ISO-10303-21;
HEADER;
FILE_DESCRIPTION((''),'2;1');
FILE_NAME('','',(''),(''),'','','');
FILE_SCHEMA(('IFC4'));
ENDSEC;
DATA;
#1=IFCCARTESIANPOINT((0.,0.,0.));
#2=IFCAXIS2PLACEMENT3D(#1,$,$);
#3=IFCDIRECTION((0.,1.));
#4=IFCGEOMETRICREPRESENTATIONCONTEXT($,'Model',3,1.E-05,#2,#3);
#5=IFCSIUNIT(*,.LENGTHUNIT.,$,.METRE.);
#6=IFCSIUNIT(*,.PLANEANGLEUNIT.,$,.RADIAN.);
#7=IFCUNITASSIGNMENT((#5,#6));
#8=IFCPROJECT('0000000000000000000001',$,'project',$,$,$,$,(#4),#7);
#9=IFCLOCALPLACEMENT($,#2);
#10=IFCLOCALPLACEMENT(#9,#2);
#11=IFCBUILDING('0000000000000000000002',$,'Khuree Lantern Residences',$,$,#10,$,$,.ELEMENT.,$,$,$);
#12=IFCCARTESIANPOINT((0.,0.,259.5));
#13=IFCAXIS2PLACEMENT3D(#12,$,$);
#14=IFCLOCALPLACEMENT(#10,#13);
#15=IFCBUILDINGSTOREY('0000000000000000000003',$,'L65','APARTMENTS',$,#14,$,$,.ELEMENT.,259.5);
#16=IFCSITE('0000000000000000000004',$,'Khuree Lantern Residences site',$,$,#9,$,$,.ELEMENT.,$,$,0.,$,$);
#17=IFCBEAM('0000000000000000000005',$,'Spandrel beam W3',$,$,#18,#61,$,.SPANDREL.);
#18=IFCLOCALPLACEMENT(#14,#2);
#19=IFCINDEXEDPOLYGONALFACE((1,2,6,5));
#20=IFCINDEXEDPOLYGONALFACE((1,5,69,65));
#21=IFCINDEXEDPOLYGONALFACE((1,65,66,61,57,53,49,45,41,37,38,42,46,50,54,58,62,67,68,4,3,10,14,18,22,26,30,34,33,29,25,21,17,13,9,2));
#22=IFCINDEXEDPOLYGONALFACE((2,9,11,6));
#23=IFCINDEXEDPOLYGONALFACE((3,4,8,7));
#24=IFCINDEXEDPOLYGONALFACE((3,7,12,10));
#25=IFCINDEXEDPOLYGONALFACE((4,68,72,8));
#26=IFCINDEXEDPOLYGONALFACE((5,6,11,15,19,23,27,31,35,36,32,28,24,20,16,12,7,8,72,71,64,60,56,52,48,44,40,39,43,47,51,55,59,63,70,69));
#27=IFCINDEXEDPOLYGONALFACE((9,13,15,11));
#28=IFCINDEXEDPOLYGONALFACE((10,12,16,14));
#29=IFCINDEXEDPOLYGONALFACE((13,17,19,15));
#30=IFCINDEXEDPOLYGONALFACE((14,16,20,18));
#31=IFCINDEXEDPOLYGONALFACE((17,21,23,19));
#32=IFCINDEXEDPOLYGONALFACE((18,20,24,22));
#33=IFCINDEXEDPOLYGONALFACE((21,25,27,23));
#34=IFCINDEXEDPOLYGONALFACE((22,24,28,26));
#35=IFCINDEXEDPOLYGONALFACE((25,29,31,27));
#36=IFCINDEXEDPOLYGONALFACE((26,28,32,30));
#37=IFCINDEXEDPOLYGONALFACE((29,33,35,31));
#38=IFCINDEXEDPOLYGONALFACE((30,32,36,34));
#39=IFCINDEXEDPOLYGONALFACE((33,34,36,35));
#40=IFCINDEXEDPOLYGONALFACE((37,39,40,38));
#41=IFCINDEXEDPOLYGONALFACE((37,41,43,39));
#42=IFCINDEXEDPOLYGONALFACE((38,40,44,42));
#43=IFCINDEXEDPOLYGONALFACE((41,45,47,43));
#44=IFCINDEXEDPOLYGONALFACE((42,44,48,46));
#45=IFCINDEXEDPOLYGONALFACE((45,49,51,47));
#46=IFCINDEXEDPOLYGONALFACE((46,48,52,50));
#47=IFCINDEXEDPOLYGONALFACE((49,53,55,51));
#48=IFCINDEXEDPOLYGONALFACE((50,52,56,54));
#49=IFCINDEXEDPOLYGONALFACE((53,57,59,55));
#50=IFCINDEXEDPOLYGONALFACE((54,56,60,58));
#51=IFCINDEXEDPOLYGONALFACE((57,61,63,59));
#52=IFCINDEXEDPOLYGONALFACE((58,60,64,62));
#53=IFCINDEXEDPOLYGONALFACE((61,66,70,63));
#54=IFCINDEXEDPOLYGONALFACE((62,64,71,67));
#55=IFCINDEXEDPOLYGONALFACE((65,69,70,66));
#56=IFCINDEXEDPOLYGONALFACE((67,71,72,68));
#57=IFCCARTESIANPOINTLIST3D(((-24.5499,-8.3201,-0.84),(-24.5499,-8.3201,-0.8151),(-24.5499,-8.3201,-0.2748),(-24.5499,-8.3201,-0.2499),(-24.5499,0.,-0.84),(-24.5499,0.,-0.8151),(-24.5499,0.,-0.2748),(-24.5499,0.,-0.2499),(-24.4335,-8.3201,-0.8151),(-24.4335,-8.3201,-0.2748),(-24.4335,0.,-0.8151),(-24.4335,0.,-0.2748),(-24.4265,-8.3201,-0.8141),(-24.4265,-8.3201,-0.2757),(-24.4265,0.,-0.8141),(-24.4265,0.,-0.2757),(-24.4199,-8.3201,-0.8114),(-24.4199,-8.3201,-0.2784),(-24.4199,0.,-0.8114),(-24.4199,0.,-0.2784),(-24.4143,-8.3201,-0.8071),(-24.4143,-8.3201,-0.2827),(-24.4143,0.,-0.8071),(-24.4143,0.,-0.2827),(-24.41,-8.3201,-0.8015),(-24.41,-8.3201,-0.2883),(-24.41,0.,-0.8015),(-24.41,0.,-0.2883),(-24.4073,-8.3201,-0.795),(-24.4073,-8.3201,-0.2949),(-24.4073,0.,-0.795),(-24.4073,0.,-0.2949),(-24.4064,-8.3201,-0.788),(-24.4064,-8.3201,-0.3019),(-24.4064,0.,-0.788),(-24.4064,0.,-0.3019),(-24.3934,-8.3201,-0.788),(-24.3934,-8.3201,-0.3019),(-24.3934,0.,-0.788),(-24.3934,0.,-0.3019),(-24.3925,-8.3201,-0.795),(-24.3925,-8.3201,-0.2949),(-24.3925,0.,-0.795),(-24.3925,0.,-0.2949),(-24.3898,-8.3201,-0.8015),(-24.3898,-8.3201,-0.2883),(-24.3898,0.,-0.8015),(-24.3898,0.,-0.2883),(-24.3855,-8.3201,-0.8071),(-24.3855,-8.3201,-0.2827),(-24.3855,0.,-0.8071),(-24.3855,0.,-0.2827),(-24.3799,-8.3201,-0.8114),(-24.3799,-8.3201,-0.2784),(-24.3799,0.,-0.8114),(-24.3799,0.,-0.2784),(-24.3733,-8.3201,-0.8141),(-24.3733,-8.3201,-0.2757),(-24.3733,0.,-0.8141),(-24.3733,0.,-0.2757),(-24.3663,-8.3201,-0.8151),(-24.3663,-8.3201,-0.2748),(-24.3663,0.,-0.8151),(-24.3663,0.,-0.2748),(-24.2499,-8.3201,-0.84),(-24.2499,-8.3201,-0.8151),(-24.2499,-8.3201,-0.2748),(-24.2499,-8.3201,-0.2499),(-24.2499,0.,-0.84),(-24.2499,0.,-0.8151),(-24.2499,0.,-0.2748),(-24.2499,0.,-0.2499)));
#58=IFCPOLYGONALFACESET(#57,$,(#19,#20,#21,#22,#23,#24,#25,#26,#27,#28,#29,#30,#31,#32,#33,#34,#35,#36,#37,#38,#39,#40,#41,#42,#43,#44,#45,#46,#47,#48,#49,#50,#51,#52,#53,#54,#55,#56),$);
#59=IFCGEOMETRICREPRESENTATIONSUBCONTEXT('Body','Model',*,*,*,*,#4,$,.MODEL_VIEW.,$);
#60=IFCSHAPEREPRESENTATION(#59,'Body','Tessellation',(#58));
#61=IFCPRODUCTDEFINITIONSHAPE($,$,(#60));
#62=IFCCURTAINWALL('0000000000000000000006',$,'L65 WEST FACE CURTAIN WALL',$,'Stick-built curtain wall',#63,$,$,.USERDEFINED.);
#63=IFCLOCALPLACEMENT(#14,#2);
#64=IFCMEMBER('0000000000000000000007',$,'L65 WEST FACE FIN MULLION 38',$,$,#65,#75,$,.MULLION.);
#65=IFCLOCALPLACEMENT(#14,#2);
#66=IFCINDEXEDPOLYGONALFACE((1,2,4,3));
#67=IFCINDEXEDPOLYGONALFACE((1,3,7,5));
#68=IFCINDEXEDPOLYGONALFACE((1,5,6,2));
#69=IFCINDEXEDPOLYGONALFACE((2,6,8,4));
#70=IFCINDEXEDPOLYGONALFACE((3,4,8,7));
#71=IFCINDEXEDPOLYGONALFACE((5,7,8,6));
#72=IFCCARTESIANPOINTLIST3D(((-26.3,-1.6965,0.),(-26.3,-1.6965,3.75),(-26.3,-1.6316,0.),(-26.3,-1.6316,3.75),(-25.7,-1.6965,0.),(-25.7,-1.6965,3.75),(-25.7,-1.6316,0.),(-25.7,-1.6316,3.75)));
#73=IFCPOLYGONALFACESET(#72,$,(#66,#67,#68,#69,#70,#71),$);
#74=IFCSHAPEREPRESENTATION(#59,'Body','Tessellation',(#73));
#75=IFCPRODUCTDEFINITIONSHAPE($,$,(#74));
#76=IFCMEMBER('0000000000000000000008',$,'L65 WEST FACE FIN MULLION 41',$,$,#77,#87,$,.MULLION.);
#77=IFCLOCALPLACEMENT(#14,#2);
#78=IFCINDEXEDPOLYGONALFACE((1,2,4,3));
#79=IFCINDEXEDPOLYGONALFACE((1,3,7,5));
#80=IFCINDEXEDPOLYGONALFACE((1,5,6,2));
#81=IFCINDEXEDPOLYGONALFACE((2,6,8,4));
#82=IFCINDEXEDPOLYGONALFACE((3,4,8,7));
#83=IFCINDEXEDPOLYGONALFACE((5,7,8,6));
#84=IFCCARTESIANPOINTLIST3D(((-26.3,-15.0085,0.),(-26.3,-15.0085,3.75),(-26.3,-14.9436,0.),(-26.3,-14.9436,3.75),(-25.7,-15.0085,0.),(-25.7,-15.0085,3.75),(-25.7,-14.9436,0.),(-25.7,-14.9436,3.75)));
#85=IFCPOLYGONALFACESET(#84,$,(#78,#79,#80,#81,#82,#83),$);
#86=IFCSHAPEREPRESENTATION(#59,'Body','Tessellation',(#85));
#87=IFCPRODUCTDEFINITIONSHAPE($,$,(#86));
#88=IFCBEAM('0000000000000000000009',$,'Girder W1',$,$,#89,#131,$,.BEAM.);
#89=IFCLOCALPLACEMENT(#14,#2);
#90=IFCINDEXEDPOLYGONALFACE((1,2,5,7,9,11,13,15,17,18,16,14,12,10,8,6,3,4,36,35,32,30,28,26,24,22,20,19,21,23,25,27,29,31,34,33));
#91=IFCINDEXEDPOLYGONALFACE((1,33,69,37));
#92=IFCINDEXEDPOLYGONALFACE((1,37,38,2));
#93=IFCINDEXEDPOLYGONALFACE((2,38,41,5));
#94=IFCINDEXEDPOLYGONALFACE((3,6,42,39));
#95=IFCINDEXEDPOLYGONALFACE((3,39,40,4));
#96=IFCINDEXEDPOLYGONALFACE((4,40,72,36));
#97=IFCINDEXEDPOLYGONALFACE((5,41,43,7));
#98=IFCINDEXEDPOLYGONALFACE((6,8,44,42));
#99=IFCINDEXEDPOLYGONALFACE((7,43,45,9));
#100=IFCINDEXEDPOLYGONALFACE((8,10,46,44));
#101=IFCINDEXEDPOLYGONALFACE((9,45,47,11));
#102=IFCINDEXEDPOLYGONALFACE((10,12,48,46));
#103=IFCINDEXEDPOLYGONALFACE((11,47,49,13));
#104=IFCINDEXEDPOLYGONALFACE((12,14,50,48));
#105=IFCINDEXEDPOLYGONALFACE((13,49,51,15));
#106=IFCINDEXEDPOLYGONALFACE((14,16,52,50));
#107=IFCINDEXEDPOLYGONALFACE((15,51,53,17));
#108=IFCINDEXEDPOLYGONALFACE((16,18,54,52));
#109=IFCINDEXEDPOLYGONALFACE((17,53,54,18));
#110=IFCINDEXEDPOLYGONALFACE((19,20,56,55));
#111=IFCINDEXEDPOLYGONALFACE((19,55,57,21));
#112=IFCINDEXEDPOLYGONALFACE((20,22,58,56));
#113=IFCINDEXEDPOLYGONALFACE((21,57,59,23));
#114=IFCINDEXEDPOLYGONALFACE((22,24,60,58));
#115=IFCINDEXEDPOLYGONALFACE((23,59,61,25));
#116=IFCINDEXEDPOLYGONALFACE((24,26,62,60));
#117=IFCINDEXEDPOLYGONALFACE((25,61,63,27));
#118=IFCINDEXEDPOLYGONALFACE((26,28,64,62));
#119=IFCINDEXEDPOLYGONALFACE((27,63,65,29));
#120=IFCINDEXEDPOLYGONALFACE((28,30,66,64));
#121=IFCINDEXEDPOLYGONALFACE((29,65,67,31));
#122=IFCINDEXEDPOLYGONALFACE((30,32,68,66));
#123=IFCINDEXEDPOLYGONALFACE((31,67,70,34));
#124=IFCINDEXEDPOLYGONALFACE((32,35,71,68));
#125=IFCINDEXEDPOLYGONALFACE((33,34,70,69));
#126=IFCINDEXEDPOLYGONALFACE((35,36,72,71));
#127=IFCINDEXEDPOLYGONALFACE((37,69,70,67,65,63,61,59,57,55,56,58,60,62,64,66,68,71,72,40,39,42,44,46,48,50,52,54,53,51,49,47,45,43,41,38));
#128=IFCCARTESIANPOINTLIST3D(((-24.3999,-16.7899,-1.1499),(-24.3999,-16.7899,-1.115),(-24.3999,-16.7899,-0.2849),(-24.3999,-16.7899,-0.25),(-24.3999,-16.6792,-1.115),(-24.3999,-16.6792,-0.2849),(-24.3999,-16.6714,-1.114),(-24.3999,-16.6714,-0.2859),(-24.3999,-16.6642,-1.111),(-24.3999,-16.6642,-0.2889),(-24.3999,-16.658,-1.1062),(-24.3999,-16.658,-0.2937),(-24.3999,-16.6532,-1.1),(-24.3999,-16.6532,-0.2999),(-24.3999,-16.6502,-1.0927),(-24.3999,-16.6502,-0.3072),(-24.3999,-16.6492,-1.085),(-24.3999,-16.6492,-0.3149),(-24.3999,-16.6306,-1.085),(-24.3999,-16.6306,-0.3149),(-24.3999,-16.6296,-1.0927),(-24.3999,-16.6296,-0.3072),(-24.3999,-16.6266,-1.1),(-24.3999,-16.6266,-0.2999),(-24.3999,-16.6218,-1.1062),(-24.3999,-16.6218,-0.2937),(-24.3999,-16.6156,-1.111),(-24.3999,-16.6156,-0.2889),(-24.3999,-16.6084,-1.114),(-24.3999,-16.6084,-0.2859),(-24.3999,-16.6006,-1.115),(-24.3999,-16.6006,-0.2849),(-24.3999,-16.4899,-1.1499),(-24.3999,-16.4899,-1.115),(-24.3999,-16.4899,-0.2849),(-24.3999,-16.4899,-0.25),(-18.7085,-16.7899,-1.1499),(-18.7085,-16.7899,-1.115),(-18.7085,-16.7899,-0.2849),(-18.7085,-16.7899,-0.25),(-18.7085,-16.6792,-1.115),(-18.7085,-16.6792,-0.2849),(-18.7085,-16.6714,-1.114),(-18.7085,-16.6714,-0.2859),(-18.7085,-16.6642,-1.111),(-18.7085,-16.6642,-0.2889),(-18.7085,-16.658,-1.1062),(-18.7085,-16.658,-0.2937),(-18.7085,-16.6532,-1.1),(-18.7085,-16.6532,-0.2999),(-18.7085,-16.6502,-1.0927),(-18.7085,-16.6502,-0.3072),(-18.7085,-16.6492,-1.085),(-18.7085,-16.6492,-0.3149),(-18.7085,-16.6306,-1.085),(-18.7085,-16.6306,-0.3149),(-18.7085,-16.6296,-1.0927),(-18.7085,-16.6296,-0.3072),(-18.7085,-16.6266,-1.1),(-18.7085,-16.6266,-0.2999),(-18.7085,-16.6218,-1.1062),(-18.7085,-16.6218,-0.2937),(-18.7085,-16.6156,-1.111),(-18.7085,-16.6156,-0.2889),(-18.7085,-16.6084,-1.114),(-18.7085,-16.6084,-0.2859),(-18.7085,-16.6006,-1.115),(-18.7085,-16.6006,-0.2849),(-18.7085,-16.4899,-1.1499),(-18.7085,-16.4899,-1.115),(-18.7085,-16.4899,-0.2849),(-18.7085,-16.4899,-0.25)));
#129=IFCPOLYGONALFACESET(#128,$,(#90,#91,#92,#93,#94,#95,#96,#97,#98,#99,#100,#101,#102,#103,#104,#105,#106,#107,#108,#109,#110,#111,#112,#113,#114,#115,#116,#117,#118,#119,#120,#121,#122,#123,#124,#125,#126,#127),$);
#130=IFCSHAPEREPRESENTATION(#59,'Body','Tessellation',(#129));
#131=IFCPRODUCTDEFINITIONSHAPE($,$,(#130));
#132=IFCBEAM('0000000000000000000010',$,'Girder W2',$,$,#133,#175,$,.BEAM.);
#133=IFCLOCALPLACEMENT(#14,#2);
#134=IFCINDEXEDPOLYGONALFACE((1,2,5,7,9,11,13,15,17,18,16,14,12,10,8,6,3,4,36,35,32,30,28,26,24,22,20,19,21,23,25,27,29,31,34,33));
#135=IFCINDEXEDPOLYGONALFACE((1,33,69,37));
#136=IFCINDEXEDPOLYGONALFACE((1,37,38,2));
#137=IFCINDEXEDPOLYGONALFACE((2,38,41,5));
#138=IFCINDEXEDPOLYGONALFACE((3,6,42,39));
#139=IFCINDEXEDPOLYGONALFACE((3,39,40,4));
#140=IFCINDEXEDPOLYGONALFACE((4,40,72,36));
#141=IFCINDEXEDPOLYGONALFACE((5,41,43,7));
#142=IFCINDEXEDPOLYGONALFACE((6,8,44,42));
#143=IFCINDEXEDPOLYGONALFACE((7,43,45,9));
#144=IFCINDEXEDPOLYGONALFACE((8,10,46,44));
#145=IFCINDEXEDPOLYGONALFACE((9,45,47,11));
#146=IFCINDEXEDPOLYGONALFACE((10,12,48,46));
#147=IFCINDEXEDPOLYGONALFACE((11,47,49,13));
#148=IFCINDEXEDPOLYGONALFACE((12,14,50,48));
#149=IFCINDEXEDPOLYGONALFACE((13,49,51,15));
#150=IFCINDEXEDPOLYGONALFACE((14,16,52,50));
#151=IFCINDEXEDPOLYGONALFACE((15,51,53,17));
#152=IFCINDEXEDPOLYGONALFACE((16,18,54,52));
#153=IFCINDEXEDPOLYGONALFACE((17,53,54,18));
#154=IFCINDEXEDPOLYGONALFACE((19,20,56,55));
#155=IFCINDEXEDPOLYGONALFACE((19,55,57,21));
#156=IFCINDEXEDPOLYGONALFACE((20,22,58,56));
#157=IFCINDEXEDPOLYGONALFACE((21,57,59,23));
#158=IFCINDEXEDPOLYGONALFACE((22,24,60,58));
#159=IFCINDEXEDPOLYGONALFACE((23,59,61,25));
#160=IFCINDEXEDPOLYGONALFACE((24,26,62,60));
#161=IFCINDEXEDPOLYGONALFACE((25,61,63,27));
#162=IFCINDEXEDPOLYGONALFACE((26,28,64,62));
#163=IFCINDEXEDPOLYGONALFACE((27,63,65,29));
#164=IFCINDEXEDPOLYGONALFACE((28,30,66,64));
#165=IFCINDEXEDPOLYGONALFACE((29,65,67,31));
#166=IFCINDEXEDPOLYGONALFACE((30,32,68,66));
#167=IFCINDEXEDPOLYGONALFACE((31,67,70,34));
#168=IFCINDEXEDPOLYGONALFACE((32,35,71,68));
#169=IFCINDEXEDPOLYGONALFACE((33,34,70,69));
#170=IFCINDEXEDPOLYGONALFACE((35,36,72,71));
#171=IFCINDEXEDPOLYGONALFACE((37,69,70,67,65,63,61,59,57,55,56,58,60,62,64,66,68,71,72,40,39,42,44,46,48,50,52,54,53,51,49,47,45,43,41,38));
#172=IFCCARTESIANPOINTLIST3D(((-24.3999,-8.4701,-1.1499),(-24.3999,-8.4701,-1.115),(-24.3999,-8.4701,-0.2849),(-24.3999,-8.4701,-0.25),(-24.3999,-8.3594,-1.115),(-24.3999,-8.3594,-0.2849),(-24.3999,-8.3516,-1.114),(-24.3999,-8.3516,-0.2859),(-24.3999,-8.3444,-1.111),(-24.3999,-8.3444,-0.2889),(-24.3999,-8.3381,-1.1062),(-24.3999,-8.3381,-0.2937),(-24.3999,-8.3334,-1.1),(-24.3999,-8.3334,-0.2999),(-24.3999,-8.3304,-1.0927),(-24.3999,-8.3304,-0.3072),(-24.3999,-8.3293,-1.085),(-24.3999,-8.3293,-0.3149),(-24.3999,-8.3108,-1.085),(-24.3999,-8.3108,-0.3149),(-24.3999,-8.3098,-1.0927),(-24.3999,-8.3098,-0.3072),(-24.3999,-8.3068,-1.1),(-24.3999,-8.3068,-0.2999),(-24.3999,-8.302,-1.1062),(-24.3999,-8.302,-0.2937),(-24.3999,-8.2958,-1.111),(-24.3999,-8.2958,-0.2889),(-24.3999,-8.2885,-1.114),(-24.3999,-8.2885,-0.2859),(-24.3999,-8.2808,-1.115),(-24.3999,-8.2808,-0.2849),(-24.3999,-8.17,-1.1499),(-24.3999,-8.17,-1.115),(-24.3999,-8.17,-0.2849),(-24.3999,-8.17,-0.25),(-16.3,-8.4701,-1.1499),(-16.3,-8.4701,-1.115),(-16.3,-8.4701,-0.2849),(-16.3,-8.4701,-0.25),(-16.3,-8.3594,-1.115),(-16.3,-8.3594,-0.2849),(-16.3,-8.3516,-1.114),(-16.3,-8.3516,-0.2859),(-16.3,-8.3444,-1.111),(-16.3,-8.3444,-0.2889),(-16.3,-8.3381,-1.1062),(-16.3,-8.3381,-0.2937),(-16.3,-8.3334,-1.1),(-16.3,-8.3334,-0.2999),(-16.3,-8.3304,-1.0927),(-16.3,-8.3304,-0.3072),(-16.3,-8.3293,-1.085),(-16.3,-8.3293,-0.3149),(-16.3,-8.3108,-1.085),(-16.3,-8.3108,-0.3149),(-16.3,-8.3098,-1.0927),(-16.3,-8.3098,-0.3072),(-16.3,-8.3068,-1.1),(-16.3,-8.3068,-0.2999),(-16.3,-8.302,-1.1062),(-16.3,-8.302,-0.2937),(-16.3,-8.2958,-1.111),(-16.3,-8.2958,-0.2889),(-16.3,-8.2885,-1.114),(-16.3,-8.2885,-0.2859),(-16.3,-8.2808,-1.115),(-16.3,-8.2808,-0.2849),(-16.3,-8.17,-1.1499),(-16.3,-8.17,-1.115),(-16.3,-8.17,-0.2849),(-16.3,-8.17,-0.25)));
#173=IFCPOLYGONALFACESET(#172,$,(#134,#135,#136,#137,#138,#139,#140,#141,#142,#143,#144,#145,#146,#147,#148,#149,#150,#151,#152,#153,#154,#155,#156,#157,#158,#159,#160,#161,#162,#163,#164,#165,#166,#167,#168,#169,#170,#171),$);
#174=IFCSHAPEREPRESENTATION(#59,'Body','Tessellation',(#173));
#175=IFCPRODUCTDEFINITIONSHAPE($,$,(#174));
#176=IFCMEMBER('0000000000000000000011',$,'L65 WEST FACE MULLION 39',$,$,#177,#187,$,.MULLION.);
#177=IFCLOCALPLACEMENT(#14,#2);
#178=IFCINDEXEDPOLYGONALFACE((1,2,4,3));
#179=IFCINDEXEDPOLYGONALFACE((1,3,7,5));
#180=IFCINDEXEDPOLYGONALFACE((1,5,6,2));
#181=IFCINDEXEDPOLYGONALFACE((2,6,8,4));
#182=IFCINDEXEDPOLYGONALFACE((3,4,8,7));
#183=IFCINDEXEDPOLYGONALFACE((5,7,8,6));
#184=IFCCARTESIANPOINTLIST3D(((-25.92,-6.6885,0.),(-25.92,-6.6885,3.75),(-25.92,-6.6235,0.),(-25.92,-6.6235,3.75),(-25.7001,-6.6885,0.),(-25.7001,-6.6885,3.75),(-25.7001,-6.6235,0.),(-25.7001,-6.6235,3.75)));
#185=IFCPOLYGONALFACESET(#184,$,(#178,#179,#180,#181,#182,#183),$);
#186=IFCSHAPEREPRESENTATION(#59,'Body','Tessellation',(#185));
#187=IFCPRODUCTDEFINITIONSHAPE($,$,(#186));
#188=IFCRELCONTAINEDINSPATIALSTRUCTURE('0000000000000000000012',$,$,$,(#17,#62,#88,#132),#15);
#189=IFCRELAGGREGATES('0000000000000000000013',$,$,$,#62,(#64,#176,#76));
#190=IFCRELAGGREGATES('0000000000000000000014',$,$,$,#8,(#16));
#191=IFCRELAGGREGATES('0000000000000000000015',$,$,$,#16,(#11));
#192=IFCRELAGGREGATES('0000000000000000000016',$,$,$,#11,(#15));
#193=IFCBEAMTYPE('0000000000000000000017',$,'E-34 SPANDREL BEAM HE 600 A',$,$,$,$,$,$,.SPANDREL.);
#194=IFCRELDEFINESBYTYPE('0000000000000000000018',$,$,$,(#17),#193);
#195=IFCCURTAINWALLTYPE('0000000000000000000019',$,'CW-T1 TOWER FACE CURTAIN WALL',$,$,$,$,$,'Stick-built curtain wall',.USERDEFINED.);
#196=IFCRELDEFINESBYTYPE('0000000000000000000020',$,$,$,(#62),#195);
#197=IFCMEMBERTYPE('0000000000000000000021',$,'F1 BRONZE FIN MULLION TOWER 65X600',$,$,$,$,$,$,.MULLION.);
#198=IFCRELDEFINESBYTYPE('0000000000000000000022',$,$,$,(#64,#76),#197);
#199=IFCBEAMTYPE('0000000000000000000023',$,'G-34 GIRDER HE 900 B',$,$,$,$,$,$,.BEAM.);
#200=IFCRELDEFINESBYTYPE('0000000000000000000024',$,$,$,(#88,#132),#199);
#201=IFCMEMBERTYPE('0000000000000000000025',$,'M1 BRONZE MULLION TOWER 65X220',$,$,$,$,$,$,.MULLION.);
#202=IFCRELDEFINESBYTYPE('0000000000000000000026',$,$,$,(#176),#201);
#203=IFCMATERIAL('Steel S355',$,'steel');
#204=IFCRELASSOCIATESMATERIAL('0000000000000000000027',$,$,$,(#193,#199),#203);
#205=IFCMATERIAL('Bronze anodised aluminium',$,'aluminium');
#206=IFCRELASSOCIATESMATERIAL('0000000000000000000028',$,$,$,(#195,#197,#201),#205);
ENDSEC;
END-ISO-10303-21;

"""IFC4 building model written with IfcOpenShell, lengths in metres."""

from ifc_helpers import new_model, si_unit, direction, frame, origin, origin_2d, place, context, subcontext, project, spatial, rectangle, i_section, extrude, material, material_profile, profile_set, type_object, element, aggregate, save


model = new_model("IFC4")

# Units and contexts
model_context = context("Model", 3, precision=1e-05, world=origin(), true_north=direction((0.0, 1.0)))
body_context = subcontext(model_context, "Body", "Model", "MODEL_VIEW")
ifc_project = project(units=[si_unit("LENGTHUNIT", "METRE"), si_unit("PLANEANGLEUNIT", "RADIAN")], contexts=[model_context])

# Site, building, storey
site_placement = place(None, origin())
site = spatial("IfcSite", under=ifc_project, at=site_placement, Name="Khuree Lantern Residences site", CompositionType="ELEMENT", RefElevation=0.0)
building_placement = place(site_placement, origin())
building = spatial("IfcBuilding", under=site, at=building_placement, Name="Khuree Lantern Residences", CompositionType="ELEMENT")
storey_placement = place(building_placement, frame((0.0, 0.0, 259.5)))
storey = spatial("IfcBuildingStorey", under=building, at=storey_placement, Name="L65", Description="APARTMENTS", CompositionType="ELEMENT", Elevation=259.5)

# Beam
ifc_material_1 = material(Name="Steel S355", Category="steel")
ifc_material_profile_1 = material_profile(ifc_material_1, i_section(OverallWidth=0.3, OverallDepth=0.5901, WebThickness=0.0129, FlangeThickness=0.0249, FilletRadius=0.0271, at=origin_2d()), Name="HE 600 A")
ifc_profile_set_1 = profile_set([ifc_material_profile_1], Name="Steel S355")
beam_type_1 = type_object("IfcBeamType", Name="E-34 SPANDREL BEAM HE 600 A", PredefinedType="SPANDREL", material=ifc_profile_set_1)
beam_1_placement = place(storey_placement, frame((-24.3999, -8.3201, -0.5449), z_axis=(0.0, 1.0, 0.0), x_axis=(-1.0, 0.0, 0.0)))
element("IfcBeam", 1, at=beam_1_placement, inside=storey, type_object=beam_type_1, Name="Spandrel beam W3", PredefinedType="SPANDREL", context=body_context, shape_type="SweptSolid", body=[
    extrude(i_section(OverallWidth=0.3, OverallDepth=0.5901, WebThickness=0.0129, FlangeThickness=0.0249, FilletRadius=0.0271, at=origin_2d()), origin(), (0.0, 0.0, 1.0), 8.3201),
])

# Curtain wall, members
ifc_material_2 = material(Name="Bronze anodised aluminium", Category="aluminium")
curtain_wall_type = type_object("IfcCurtainWallType", Name="CW-T1 TOWER FACE CURTAIN WALL", ElementType="Stick-built curtain wall", PredefinedType="USERDEFINED", material=ifc_material_2)
curtain_wall_placement = place(storey_placement, origin())
curtain_wall = element("IfcCurtainWall", 2, at=curtain_wall_placement, inside=storey, type_object=curtain_wall_type, Name="L65 WEST FACE CURTAIN WALL", ObjectType="Stick-built curtain wall", PredefinedType="USERDEFINED")
ifc_material_profile_2 = material_profile(ifc_material_2, rectangle(XDim=0.0649, YDim=0.6001, at=origin_2d()), Name="F1 65X600")
ifc_profile_set_2 = profile_set([ifc_material_profile_2], Name="Bronze anodised aluminium")
member_type_1 = type_object("IfcMemberType", Name="F1 BRONZE FIN MULLION TOWER 65X600", PredefinedType="MULLION", material=ifc_profile_set_2)
member_1_placement = place(storey_placement, frame((-26.0, -1.6641, 0.0), z_axis=(0.0, 0.0, 1.0), x_axis=(0.0, -1.0, 0.0)))
member_1 = element("IfcMember", 3, at=member_1_placement, type_object=member_type_1, Name="L65 WEST FACE FIN MULLION 38", PredefinedType="MULLION", context=body_context, shape_type="SweptSolid", body=[
    extrude(rectangle(XDim=0.0649, YDim=0.6001, at=origin_2d()), origin(), (0.0, 0.0, 1.0), 3.75),
])
member_2_placement = place(storey_placement, frame((-26.0, -14.9761, 0.0), z_axis=(0.0, 0.0, 1.0), x_axis=(0.0, -1.0, 0.0)))
member_2 = element("IfcMember", 4, at=member_2_placement, type_object=member_type_1, Name="L65 WEST FACE FIN MULLION 41", PredefinedType="MULLION", context=body_context, shape_type="SweptSolid", body=[
    extrude(rectangle(XDim=0.0649, YDim=0.6001, at=origin_2d()), origin(), (0.0, 0.0, 1.0), 3.75),
])

# Beams
ifc_material_profile_3 = material_profile(ifc_material_1, i_section(OverallWidth=0.3, OverallDepth=0.8999, WebThickness=0.0186, FlangeThickness=0.0349, FilletRadius=0.03, at=origin_2d()), Name="HE 900 B")
ifc_profile_set_3 = profile_set([ifc_material_profile_3], Name="Steel S355")
beam_type_2 = type_object("IfcBeamType", Name="G-34 GIRDER HE 900 B", PredefinedType="BEAM", material=ifc_profile_set_3)
beam_2_placement = place(storey_placement, frame((-24.3999, -16.6399, -0.7), z_axis=(1.0, 0.0, 0.0), x_axis=(0.0, 1.0, 0.0)))
element("IfcBeam", 5, at=beam_2_placement, inside=storey, type_object=beam_type_2, Name="Girder W1", PredefinedType="BEAM", context=body_context, shape_type="SweptSolid", body=[
    extrude(i_section(OverallWidth=0.3, OverallDepth=0.8999, WebThickness=0.0186, FlangeThickness=0.0349, FilletRadius=0.03, at=origin_2d()), origin(), (0.0, 0.0, 1.0), 5.6914),
])
beam_3_placement = place(storey_placement, frame((-24.3999, -8.3201, -0.7), z_axis=(1.0, 0.0, 0.0), x_axis=(0.0, 1.0, 0.0)))
element("IfcBeam", 6, at=beam_3_placement, inside=storey, type_object=beam_type_2, Name="Girder W2", PredefinedType="BEAM", context=body_context, shape_type="SweptSolid", body=[
    extrude(i_section(OverallWidth=0.3, OverallDepth=0.8999, WebThickness=0.0186, FlangeThickness=0.0349, FilletRadius=0.03, at=origin_2d()), origin(), (0.0, 0.0, 1.0), 8.0999),
])

# Member
ifc_material_profile_4 = material_profile(ifc_material_2, rectangle(XDim=0.0649, YDim=0.22, at=origin_2d()), Name="M1 65X220")
ifc_profile_set_4 = profile_set([ifc_material_profile_4], Name="Bronze anodised aluminium")
member_type_2 = type_object("IfcMemberType", Name="M1 BRONZE MULLION TOWER 65X220", PredefinedType="MULLION", material=ifc_profile_set_4)
member_3_placement = place(storey_placement, frame((-25.8101, -6.656, 0.0), z_axis=(0.0, 0.0, 1.0), x_axis=(0.0, -1.0, 0.0)))
member_3 = element("IfcMember", 7, at=member_3_placement, type_object=member_type_2, Name="L65 WEST FACE MULLION 39", PredefinedType="MULLION", context=body_context, shape_type="SweptSolid", body=[
    extrude(rectangle(XDim=0.0649, YDim=0.22, at=origin_2d()), origin(), (0.0, 0.0, 1.0), 3.75),
])

aggregate(curtain_wall, [member_1, member_3, member_2])

save(model, "model.ifc")
